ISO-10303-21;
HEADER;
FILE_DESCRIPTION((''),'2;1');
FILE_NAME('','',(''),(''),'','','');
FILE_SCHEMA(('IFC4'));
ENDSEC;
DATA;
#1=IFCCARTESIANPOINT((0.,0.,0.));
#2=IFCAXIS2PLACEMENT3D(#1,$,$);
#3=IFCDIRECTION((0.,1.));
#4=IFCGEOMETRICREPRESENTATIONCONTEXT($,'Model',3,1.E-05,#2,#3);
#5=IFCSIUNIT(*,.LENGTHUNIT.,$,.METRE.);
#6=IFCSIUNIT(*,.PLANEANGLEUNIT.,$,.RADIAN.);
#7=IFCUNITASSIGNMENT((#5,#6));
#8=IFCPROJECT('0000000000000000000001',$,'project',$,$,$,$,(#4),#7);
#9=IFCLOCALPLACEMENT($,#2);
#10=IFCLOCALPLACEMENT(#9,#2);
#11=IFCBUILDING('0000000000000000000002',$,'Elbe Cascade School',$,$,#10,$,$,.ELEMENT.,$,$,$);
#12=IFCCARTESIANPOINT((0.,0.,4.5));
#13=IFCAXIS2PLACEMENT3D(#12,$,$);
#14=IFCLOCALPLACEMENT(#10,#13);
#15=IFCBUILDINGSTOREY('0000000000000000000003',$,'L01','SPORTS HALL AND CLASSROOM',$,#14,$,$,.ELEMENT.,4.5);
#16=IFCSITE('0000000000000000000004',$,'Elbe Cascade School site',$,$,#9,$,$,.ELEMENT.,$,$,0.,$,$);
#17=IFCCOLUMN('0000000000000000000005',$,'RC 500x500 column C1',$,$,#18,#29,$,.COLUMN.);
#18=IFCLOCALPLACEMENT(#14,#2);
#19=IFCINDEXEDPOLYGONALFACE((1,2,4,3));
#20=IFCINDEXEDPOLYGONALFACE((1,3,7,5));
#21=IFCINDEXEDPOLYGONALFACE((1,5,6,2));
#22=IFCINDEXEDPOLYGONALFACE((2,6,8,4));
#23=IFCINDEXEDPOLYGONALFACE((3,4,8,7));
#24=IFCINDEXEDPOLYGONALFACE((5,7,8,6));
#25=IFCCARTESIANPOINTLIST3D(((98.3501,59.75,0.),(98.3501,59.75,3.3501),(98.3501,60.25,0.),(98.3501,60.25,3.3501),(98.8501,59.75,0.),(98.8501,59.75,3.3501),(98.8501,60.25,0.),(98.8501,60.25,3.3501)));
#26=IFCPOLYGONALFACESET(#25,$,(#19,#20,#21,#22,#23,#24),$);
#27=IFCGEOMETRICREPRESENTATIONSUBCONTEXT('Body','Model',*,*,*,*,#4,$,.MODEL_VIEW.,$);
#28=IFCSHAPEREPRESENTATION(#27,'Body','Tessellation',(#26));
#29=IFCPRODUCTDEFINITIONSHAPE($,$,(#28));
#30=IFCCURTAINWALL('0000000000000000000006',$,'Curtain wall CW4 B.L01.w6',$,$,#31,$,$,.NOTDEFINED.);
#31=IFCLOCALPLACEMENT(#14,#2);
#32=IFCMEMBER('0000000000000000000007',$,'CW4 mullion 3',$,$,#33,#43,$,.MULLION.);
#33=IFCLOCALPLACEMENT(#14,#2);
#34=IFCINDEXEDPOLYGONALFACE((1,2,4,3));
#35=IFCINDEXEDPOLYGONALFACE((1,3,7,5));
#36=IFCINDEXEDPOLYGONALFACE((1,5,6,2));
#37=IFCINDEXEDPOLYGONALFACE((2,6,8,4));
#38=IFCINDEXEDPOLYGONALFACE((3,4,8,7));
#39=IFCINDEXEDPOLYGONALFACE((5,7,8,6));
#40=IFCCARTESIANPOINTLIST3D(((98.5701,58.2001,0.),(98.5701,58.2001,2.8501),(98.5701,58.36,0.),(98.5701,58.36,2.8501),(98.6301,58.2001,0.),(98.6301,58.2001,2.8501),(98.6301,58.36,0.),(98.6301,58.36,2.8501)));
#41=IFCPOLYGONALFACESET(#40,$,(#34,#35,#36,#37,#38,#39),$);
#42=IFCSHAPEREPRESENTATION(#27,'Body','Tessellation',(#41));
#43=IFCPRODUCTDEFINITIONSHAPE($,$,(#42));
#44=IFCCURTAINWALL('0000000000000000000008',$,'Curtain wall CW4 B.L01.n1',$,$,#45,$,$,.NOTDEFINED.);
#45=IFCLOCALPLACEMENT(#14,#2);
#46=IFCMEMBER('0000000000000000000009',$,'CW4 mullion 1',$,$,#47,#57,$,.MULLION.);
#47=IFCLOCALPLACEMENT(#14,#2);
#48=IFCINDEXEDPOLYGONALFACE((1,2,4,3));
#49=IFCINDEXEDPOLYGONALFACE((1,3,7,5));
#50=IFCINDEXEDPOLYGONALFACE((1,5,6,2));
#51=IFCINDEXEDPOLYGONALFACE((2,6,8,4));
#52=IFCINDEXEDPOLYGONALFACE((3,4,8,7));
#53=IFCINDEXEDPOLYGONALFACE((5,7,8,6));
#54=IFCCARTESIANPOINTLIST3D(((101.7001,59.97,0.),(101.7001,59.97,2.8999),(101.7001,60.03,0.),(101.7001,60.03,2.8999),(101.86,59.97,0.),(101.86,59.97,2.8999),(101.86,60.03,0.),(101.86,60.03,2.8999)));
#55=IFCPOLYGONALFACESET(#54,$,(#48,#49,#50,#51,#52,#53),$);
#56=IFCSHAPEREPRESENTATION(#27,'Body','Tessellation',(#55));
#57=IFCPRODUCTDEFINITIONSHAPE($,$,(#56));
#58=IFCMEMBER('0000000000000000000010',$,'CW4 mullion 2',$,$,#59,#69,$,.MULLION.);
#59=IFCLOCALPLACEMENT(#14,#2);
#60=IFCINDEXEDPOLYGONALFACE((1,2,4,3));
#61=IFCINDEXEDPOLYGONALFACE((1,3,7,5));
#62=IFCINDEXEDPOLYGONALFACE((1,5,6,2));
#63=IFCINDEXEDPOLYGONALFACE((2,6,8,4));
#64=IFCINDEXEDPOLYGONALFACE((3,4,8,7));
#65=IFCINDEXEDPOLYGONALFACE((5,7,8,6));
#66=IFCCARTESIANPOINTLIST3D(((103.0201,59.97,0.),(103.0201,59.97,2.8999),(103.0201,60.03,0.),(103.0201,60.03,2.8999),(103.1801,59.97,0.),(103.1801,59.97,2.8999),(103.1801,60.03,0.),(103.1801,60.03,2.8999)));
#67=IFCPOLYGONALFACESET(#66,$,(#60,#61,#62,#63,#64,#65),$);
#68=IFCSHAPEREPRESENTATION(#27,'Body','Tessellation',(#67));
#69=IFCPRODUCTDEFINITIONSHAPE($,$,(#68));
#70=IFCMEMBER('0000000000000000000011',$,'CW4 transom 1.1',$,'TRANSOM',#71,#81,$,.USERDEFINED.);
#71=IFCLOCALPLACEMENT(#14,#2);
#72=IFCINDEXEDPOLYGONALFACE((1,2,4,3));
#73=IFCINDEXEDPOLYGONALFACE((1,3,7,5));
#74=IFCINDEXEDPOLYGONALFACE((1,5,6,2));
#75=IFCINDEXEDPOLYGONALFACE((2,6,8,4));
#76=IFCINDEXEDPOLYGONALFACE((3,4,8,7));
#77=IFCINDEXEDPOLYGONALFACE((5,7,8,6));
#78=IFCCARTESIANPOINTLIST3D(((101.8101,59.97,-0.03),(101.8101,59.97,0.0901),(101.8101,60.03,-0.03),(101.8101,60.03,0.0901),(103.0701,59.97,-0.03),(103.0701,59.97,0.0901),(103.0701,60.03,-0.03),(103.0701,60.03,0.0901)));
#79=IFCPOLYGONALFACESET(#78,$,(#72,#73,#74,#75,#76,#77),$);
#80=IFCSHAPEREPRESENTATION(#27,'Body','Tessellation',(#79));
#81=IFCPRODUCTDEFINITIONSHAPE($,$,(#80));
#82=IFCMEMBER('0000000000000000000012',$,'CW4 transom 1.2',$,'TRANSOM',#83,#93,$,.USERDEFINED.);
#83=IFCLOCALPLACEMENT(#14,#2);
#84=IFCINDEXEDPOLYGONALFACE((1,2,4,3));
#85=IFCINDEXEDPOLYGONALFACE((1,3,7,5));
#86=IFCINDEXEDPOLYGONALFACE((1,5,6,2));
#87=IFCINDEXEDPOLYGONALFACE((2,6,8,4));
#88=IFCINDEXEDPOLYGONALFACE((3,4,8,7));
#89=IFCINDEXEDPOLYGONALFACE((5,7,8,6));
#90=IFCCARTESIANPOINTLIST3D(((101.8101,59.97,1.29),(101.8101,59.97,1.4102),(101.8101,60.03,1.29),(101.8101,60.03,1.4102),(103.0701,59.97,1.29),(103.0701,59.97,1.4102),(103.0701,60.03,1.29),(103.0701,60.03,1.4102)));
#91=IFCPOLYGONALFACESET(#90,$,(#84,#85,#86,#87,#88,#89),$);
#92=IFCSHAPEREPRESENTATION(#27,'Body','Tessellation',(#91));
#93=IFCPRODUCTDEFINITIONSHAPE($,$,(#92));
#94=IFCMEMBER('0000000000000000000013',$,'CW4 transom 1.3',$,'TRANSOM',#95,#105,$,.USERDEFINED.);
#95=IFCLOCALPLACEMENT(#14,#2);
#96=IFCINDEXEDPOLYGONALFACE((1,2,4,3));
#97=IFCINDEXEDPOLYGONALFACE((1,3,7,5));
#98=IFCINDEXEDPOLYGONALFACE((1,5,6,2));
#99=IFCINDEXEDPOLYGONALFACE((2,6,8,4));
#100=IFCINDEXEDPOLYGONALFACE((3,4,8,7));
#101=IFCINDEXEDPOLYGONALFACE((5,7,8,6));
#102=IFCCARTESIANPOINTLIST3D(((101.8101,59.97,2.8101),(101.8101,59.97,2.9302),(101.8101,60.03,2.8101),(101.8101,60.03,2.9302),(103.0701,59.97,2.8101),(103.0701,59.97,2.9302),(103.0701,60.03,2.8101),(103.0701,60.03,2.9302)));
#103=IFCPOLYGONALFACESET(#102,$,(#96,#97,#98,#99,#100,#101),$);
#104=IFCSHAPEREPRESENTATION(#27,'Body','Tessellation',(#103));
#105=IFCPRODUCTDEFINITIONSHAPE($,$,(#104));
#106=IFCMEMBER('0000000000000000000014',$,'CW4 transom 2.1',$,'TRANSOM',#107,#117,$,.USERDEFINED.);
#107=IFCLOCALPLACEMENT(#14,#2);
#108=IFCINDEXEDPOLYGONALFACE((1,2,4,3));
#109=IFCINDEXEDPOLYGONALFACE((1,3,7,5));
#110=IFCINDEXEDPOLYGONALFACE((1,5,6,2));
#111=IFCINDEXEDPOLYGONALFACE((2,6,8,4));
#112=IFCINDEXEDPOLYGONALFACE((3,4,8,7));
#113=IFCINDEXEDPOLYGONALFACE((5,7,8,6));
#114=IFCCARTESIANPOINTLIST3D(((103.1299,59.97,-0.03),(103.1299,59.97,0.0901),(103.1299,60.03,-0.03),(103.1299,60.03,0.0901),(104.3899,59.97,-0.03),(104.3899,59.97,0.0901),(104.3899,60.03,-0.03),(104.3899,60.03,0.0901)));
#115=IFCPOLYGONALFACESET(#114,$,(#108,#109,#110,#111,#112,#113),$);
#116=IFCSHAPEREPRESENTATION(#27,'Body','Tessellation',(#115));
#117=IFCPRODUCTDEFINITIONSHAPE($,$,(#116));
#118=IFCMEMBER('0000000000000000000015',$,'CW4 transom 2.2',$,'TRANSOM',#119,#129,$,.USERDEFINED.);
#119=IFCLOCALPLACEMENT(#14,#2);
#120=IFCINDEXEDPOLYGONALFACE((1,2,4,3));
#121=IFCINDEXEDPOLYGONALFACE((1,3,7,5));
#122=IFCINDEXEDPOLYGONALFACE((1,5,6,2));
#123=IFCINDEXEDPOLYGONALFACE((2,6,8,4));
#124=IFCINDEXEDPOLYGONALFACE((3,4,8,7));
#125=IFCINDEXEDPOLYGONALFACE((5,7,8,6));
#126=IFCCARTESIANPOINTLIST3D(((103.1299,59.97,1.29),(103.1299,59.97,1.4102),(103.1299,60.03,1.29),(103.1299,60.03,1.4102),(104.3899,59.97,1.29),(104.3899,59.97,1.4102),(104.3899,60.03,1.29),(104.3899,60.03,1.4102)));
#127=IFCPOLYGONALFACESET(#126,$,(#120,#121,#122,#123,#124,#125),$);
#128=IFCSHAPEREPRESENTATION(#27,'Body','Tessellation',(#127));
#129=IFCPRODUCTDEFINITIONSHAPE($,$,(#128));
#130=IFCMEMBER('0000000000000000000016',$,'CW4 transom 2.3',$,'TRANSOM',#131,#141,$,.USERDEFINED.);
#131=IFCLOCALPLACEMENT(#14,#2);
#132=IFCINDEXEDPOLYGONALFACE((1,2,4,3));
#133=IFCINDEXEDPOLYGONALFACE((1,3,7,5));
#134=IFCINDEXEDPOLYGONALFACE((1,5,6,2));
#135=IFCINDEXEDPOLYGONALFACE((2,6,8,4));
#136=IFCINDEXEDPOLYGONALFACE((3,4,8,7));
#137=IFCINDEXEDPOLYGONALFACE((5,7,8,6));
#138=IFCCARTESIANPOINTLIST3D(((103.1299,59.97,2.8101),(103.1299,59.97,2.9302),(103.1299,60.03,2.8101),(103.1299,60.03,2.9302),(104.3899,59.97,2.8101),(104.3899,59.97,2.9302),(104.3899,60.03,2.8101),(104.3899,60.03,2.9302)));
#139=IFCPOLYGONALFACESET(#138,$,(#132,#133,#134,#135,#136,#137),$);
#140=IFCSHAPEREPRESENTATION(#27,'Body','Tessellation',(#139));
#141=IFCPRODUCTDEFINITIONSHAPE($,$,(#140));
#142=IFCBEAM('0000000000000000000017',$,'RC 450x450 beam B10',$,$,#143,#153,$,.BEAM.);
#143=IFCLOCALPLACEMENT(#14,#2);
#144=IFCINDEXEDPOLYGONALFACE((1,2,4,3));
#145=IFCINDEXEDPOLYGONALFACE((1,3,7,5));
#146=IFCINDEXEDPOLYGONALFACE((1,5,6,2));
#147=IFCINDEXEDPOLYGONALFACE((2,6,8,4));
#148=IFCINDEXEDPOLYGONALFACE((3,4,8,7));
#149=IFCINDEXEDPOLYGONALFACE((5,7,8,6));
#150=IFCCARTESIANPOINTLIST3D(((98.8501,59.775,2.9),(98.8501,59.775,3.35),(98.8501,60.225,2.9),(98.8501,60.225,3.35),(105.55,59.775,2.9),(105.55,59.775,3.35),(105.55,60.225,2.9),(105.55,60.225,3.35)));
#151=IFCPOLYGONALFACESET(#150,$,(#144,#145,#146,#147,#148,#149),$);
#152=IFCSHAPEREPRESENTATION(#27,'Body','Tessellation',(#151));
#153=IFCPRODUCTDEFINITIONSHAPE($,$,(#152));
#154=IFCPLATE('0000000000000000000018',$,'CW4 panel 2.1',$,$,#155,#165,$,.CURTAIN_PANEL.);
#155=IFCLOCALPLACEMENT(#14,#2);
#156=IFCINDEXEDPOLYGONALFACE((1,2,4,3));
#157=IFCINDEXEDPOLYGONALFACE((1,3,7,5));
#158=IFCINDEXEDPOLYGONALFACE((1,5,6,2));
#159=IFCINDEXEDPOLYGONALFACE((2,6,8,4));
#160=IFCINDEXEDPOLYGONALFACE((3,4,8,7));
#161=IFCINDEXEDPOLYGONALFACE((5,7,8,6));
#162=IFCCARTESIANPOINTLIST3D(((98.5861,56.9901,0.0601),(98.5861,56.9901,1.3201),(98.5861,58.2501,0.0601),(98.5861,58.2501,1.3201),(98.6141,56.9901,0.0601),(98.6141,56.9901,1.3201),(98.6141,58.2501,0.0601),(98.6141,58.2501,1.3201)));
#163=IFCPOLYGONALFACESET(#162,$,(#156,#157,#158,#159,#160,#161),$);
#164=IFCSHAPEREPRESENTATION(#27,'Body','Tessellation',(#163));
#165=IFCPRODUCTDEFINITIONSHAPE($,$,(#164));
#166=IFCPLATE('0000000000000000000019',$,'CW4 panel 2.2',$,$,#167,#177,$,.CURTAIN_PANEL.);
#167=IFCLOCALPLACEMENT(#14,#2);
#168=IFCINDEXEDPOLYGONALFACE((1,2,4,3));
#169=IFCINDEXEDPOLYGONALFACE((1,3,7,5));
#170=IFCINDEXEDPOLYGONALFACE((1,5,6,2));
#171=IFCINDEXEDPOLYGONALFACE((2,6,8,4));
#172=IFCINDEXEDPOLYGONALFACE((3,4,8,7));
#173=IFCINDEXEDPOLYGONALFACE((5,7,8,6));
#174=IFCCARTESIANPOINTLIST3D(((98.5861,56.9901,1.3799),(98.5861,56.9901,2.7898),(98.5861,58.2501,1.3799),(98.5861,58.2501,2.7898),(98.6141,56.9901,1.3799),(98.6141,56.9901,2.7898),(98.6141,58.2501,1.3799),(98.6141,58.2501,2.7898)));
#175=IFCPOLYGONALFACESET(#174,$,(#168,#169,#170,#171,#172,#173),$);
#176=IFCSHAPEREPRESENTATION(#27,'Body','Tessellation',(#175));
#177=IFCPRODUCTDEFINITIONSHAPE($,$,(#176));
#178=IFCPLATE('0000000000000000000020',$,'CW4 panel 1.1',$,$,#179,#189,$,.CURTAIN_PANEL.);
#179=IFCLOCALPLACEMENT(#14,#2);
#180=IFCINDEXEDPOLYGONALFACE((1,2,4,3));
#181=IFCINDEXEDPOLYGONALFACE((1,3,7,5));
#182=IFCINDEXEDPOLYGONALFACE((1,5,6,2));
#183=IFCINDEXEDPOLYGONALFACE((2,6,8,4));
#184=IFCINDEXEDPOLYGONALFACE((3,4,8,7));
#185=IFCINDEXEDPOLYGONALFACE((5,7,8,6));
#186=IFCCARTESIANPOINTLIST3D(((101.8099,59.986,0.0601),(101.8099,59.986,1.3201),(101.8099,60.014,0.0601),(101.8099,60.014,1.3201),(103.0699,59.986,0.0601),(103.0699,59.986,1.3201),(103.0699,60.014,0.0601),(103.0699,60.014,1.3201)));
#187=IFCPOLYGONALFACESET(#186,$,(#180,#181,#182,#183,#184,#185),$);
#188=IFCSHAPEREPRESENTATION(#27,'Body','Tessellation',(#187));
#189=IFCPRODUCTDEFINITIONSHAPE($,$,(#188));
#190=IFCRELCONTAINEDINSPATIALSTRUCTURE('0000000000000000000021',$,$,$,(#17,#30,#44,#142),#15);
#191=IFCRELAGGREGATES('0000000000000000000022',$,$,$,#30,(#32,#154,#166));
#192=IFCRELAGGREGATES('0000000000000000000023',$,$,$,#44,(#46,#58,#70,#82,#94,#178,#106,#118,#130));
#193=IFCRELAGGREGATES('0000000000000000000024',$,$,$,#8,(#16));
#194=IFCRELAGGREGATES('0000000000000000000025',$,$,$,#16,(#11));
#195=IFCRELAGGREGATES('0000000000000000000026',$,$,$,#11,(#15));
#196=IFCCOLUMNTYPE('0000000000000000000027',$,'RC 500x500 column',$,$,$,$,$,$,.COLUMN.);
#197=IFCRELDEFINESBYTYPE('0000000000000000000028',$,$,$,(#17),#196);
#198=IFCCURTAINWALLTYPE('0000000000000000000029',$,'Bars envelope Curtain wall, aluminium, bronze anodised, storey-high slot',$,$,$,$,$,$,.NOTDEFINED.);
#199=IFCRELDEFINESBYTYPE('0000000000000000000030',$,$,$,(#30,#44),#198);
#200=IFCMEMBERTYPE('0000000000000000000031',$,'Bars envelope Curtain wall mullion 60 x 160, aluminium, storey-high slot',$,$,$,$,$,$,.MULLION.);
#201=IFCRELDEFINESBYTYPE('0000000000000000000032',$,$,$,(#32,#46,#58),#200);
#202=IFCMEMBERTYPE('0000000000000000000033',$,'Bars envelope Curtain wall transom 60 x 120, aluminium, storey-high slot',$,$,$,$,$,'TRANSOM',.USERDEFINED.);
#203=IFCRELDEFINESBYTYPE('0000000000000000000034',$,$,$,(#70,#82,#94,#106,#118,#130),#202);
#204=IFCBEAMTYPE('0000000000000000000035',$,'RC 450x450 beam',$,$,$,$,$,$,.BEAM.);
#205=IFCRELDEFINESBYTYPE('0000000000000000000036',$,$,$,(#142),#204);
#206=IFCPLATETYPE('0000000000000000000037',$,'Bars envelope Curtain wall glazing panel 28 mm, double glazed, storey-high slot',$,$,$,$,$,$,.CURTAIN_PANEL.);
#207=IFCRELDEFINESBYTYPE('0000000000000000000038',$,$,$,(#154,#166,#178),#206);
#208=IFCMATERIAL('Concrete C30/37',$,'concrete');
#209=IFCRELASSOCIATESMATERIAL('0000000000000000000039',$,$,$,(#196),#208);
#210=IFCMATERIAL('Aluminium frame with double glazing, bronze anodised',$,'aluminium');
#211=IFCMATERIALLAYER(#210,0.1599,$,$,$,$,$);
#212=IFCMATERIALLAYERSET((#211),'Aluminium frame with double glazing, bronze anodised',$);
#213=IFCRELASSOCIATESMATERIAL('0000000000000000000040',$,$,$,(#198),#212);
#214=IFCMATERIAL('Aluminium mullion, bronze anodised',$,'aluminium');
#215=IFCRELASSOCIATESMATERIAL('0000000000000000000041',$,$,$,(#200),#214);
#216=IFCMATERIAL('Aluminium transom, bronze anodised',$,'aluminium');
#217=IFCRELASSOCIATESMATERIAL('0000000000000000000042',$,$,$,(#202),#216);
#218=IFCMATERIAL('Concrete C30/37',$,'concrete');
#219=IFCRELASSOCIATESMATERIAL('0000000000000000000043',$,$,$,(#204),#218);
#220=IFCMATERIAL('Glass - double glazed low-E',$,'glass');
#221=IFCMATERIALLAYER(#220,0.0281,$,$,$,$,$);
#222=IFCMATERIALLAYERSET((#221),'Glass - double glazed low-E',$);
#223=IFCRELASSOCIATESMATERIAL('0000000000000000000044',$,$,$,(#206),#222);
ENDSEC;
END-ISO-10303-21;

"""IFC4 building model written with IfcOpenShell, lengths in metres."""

from ifc_helpers import new_model, si_unit, direction, frame, origin, origin_2d, place, context, subcontext, project, spatial, rectangle, extrude, material, layer, layer_set, material_profile, profile_set, type_object, element, aggregate, save


model = new_model("IFC4")

# Units and contexts
model_context = context("Model", 3, precision=1e-05, world=origin(), true_north=direction((0.0, 1.0)))
body_context = subcontext(model_context, "Body", "Model", "MODEL_VIEW")
ifc_project = project(units=[si_unit("LENGTHUNIT", "METRE"), si_unit("PLANEANGLEUNIT", "RADIAN")], contexts=[model_context])

# Site, building, storey
site_placement = place(None, origin())
site = spatial("IfcSite", under=ifc_project, at=site_placement, Name="Elbe Cascade School site", CompositionType="ELEMENT", RefElevation=0.0)
building_placement = place(site_placement, origin())
building = spatial("IfcBuilding", under=site, at=building_placement, Name="Elbe Cascade School", CompositionType="ELEMENT")
storey_placement = place(building_placement, frame((0.0, 0.0, 4.5)))
storey = spatial("IfcBuildingStorey", under=building, at=storey_placement, Name="L01", Description="SPORTS HALL AND CLASSROOM", CompositionType="ELEMENT", Elevation=4.5)

# Column
ifc_material_1 = material(Name="Concrete C30/37", Category="concrete")
ifc_material_profile_1 = material_profile(ifc_material_1, rectangle(XDim=0.5, YDim=0.5, at=origin_2d()), Name="RC 500x500")
ifc_profile_set_1 = profile_set([ifc_material_profile_1], Name="Concrete C30/37")
column_type = type_object("IfcColumnType", Name="RC 500x500 column", PredefinedType="COLUMN", material=ifc_profile_set_1)
column_placement = place(storey_placement, frame((98.6001, 60.0, 0.0), z_axis=(0.0, 0.0, 1.0), x_axis=(1.0, 0.0, 0.0)))
element("IfcColumn", 1, at=column_placement, inside=storey, type_object=column_type, Name="RC 500x500 column C1", PredefinedType="COLUMN", context=body_context, shape_type="SweptSolid", body=[
    extrude(rectangle(XDim=0.5, YDim=0.5, at=origin_2d()), origin(), (0.0, 0.0, 1.0), 3.3501),
])

# Curtain wall, member
ifc_material_2 = material(Name="Aluminium frame with double glazing, bronze anodised", Category="aluminium")
ifc_layer_1 = layer(ifc_material_2, 0.1599)
ifc_layer_set_1 = layer_set([ifc_layer_1], Name="Aluminium frame with double glazing, bronze anodised")
curtain_wall_type = type_object("IfcCurtainWallType", Name="Bars envelope Curtain wall, aluminium, bronze anodised, storey-high slot", PredefinedType="NOTDEFINED", material=ifc_layer_set_1)
curtain_wall_1_placement = place(storey_placement, origin())
curtain_wall_1 = element("IfcCurtainWall", 2, at=curtain_wall_1_placement, inside=storey, type_object=curtain_wall_type, Name="Curtain wall CW4 B.L01.w6", PredefinedType="NOTDEFINED")
ifc_material_3 = material(Name="Aluminium mullion, bronze anodised", Category="aluminium")
ifc_material_profile_2 = material_profile(ifc_material_3, rectangle(XDim=0.0601, YDim=0.1599, at=origin_2d()), Name="Bars envelope Curtain wall mullion 60 x 160, aluminium, storey-high slot")
ifc_profile_set_2 = profile_set([ifc_material_profile_2], Name="Aluminium mullion, bronze anodised")
member_type_1 = type_object("IfcMemberType", Name="Bars envelope Curtain wall mullion 60 x 160, aluminium, storey-high slot", PredefinedType="MULLION", material=ifc_profile_set_2)
member_1_placement = place(storey_placement, frame((98.6001, 58.28, 0.0), z_axis=(0.0, 0.0, 1.0), x_axis=(-1.0, 0.0, 0.0)))
member_1 = element("IfcMember", 3, at=member_1_placement, type_object=member_type_1, Name="CW4 mullion 3", PredefinedType="MULLION", context=body_context, shape_type="SweptSolid", body=[
    extrude(rectangle(XDim=0.0601, YDim=0.1599, at=origin_2d()), origin(), (0.0, 0.0, 1.0), 2.8501),
])

# Curtain wall, members
curtain_wall_2_placement = place(storey_placement, origin())
curtain_wall_2 = element("IfcCurtainWall", 4, at=curtain_wall_2_placement, inside=storey, type_object=curtain_wall_type, Name="Curtain wall CW4 B.L01.n1", PredefinedType="NOTDEFINED")
member_2_placement = place(storey_placement, frame((101.78, 60.0, 0.0), z_axis=(0.0, 0.0, 1.0), x_axis=(0.0, 1.0, 0.0)))
member_2 = element("IfcMember", 5, at=member_2_placement, type_object=member_type_1, Name="CW4 mullion 1", PredefinedType="MULLION", context=body_context, shape_type="SweptSolid", body=[
    extrude(rectangle(XDim=0.0601, YDim=0.1599, at=origin_2d()), origin(), (0.0, 0.0, 1.0), 2.8999),
])
member_3_placement = place(storey_placement, frame((103.1001, 60.0, 0.0), z_axis=(0.0, 0.0, 1.0), x_axis=(0.0, 1.0, 0.0)))
member_3 = element("IfcMember", 6, at=member_3_placement, type_object=member_type_1, Name="CW4 mullion 2", PredefinedType="MULLION", context=body_context, shape_type="SweptSolid", body=[
    extrude(rectangle(XDim=0.0601, YDim=0.1599, at=origin_2d()), origin(), (0.0, 0.0, 1.0), 2.8999),
])
ifc_material_4 = material(Name="Aluminium transom, bronze anodised", Category="aluminium")
ifc_material_profile_3 = material_profile(ifc_material_4, rectangle(XDim=0.0601, YDim=0.1201, at=origin_2d()), Name="Bars envelope Curtain wall transom 60 x 120, aluminium, storey-high slot")
ifc_profile_set_3 = profile_set([ifc_material_profile_3], Name="Aluminium transom, bronze anodised")
member_type_2 = type_object("IfcMemberType", Name="Bars envelope Curtain wall transom 60 x 120, aluminium, storey-high slot", ElementType="TRANSOM", PredefinedType="USERDEFINED", material=ifc_profile_set_3)
member_4_placement = place(storey_placement, frame((101.8101, 60.0, 0.03), z_axis=(1.0, 0.0, 0.0), x_axis=(0.0, 1.0, 0.0)))
member_4 = element("IfcMember", 7, at=member_4_placement, type_object=member_type_2, Name="CW4 transom 1.1", ObjectType="TRANSOM", PredefinedType="USERDEFINED", context=body_context, shape_type="SweptSolid", body=[
    extrude(rectangle(XDim=0.0601, YDim=0.1201, at=origin_2d()), origin(), (0.0, 0.0, 1.0), 1.26),
])
member_5_placement = place(storey_placement, frame((101.8101, 60.0, 1.3501), z_axis=(1.0, 0.0, 0.0), x_axis=(0.0, 1.0, 0.0)))
member_5 = element("IfcMember", 8, at=member_5_placement, type_object=member_type_2, Name="CW4 transom 1.2", ObjectType="TRANSOM", PredefinedType="USERDEFINED", context=body_context, shape_type="SweptSolid", body=[
    extrude(rectangle(XDim=0.0601, YDim=0.1201, at=origin_2d()), origin(), (0.0, 0.0, 1.0), 1.26),
])
member_6_placement = place(storey_placement, frame((101.8101, 60.0, 2.8701), z_axis=(1.0, 0.0, 0.0), x_axis=(0.0, 1.0, 0.0)))
member_6 = element("IfcMember", 9, at=member_6_placement, type_object=member_type_2, Name="CW4 transom 1.3", ObjectType="TRANSOM", PredefinedType="USERDEFINED", context=body_context, shape_type="SweptSolid", body=[
    extrude(rectangle(XDim=0.0601, YDim=0.1201, at=origin_2d()), origin(), (0.0, 0.0, 1.0), 1.26),
])
member_7_placement = place(storey_placement, frame((103.1299, 60.0, 0.03), z_axis=(1.0, 0.0, 0.0), x_axis=(0.0, 1.0, 0.0)))
member_7 = element("IfcMember", 10, at=member_7_placement, type_object=member_type_2, Name="CW4 transom 2.1", ObjectType="TRANSOM", PredefinedType="USERDEFINED", context=body_context, shape_type="SweptSolid", body=[
    extrude(rectangle(XDim=0.0601, YDim=0.1201, at=origin_2d()), origin(), (0.0, 0.0, 1.0), 1.26),
])
member_8_placement = place(storey_placement, frame((103.1299, 60.0, 1.3501), z_axis=(1.0, 0.0, 0.0), x_axis=(0.0, 1.0, 0.0)))
member_8 = element("IfcMember", 11, at=member_8_placement, type_object=member_type_2, Name="CW4 transom 2.2", ObjectType="TRANSOM", PredefinedType="USERDEFINED", context=body_context, shape_type="SweptSolid", body=[
    extrude(rectangle(XDim=0.0601, YDim=0.1201, at=origin_2d()), origin(), (0.0, 0.0, 1.0), 1.26),
])
member_9_placement = place(storey_placement, frame((103.1299, 60.0, 2.8701), z_axis=(1.0, 0.0, 0.0), x_axis=(0.0, 1.0, 0.0)))
member_9 = element("IfcMember", 12, at=member_9_placement, type_object=member_type_2, Name="CW4 transom 2.3", ObjectType="TRANSOM", PredefinedType="USERDEFINED", context=body_context, shape_type="SweptSolid", body=[
    extrude(rectangle(XDim=0.0601, YDim=0.1201, at=origin_2d()), origin(), (0.0, 0.0, 1.0), 1.26),
])

# Beam
ifc_material_5 = material(Name="Concrete C30/37", Category="concrete")
ifc_material_profile_4 = material_profile(ifc_material_5, rectangle(XDim=0.45, YDim=0.45, at=origin_2d()), Name="RC 450x450")
ifc_profile_set_4 = profile_set([ifc_material_profile_4], Name="Concrete C30/37")
beam_type = type_object("IfcBeamType", Name="RC 450x450 beam", PredefinedType="BEAM", material=ifc_profile_set_4)
beam_placement = place(storey_placement, frame((98.8501, 60.0, 3.125), z_axis=(1.0, 0.0, 0.0), x_axis=(0.0, 1.0, 0.0)))
element("IfcBeam", 13, at=beam_placement, inside=storey, type_object=beam_type, Name="RC 450x450 beam B10", PredefinedType="BEAM", context=body_context, shape_type="SweptSolid", body=[
    extrude(rectangle(XDim=0.45, YDim=0.45, at=origin_2d()), origin(), (0.0, 0.0, 1.0), 6.7),
])

# Plates
ifc_material_6 = material(Name="Glass - double glazed low-E", Category="glass")
ifc_layer_2 = layer(ifc_material_6, 0.0281)
ifc_layer_set_2 = layer_set([ifc_layer_2], Name="Glass - double glazed low-E")
plate_type = type_object("IfcPlateType", Name="Bars envelope Curtain wall glazing panel 28 mm, double glazed, storey-high slot", PredefinedType="CURTAIN_PANEL", material=ifc_layer_set_2)
plate_1_placement = place(storey_placement, frame((98.6001, 57.6201, 0.0601), z_axis=(0.0, 0.0, 1.0), x_axis=(0.0, 1.0, 0.0)))
plate_1 = element("IfcPlate", 14, at=plate_1_placement, type_object=plate_type, Name="CW4 panel 2.1", PredefinedType="CURTAIN_PANEL", context=body_context, shape_type="SweptSolid", body=[
    extrude(rectangle(XDim=1.26, YDim=0.0281, at=origin_2d()), origin(), (0.0, 0.0, 1.0), 1.26),
])
plate_2_placement = place(storey_placement, frame((98.6001, 57.6201, 1.3799), z_axis=(0.0, 0.0, 1.0), x_axis=(0.0, 1.0, 0.0)))
plate_2 = element("IfcPlate", 15, at=plate_2_placement, type_object=plate_type, Name="CW4 panel 2.2", PredefinedType="CURTAIN_PANEL", context=body_context, shape_type="SweptSolid", body=[
    extrude(rectangle(XDim=1.26, YDim=0.0281, at=origin_2d()), origin(), (0.0, 0.0, 1.0), 1.4099),
])
aggregate(curtain_wall_1, [member_1, plate_1, plate_2])
plate_3_placement = place(storey_placement, frame((102.4399, 60.0, 0.0601), z_axis=(0.0, 0.0, 1.0), x_axis=(1.0, 0.0, 0.0)))
plate_3 = element("IfcPlate", 16, at=plate_3_placement, type_object=plate_type, Name="CW4 panel 1.1", PredefinedType="CURTAIN_PANEL", context=body_context, shape_type="SweptSolid", body=[
    extrude(rectangle(XDim=1.26, YDim=0.0281, at=origin_2d()), origin(), (0.0, 0.0, 1.0), 1.26),
])
aggregate(curtain_wall_2, [member_2, member_3, member_4, member_5, member_6, plate_3, member_7, member_8, member_9])

save(model, "model.ifc")
